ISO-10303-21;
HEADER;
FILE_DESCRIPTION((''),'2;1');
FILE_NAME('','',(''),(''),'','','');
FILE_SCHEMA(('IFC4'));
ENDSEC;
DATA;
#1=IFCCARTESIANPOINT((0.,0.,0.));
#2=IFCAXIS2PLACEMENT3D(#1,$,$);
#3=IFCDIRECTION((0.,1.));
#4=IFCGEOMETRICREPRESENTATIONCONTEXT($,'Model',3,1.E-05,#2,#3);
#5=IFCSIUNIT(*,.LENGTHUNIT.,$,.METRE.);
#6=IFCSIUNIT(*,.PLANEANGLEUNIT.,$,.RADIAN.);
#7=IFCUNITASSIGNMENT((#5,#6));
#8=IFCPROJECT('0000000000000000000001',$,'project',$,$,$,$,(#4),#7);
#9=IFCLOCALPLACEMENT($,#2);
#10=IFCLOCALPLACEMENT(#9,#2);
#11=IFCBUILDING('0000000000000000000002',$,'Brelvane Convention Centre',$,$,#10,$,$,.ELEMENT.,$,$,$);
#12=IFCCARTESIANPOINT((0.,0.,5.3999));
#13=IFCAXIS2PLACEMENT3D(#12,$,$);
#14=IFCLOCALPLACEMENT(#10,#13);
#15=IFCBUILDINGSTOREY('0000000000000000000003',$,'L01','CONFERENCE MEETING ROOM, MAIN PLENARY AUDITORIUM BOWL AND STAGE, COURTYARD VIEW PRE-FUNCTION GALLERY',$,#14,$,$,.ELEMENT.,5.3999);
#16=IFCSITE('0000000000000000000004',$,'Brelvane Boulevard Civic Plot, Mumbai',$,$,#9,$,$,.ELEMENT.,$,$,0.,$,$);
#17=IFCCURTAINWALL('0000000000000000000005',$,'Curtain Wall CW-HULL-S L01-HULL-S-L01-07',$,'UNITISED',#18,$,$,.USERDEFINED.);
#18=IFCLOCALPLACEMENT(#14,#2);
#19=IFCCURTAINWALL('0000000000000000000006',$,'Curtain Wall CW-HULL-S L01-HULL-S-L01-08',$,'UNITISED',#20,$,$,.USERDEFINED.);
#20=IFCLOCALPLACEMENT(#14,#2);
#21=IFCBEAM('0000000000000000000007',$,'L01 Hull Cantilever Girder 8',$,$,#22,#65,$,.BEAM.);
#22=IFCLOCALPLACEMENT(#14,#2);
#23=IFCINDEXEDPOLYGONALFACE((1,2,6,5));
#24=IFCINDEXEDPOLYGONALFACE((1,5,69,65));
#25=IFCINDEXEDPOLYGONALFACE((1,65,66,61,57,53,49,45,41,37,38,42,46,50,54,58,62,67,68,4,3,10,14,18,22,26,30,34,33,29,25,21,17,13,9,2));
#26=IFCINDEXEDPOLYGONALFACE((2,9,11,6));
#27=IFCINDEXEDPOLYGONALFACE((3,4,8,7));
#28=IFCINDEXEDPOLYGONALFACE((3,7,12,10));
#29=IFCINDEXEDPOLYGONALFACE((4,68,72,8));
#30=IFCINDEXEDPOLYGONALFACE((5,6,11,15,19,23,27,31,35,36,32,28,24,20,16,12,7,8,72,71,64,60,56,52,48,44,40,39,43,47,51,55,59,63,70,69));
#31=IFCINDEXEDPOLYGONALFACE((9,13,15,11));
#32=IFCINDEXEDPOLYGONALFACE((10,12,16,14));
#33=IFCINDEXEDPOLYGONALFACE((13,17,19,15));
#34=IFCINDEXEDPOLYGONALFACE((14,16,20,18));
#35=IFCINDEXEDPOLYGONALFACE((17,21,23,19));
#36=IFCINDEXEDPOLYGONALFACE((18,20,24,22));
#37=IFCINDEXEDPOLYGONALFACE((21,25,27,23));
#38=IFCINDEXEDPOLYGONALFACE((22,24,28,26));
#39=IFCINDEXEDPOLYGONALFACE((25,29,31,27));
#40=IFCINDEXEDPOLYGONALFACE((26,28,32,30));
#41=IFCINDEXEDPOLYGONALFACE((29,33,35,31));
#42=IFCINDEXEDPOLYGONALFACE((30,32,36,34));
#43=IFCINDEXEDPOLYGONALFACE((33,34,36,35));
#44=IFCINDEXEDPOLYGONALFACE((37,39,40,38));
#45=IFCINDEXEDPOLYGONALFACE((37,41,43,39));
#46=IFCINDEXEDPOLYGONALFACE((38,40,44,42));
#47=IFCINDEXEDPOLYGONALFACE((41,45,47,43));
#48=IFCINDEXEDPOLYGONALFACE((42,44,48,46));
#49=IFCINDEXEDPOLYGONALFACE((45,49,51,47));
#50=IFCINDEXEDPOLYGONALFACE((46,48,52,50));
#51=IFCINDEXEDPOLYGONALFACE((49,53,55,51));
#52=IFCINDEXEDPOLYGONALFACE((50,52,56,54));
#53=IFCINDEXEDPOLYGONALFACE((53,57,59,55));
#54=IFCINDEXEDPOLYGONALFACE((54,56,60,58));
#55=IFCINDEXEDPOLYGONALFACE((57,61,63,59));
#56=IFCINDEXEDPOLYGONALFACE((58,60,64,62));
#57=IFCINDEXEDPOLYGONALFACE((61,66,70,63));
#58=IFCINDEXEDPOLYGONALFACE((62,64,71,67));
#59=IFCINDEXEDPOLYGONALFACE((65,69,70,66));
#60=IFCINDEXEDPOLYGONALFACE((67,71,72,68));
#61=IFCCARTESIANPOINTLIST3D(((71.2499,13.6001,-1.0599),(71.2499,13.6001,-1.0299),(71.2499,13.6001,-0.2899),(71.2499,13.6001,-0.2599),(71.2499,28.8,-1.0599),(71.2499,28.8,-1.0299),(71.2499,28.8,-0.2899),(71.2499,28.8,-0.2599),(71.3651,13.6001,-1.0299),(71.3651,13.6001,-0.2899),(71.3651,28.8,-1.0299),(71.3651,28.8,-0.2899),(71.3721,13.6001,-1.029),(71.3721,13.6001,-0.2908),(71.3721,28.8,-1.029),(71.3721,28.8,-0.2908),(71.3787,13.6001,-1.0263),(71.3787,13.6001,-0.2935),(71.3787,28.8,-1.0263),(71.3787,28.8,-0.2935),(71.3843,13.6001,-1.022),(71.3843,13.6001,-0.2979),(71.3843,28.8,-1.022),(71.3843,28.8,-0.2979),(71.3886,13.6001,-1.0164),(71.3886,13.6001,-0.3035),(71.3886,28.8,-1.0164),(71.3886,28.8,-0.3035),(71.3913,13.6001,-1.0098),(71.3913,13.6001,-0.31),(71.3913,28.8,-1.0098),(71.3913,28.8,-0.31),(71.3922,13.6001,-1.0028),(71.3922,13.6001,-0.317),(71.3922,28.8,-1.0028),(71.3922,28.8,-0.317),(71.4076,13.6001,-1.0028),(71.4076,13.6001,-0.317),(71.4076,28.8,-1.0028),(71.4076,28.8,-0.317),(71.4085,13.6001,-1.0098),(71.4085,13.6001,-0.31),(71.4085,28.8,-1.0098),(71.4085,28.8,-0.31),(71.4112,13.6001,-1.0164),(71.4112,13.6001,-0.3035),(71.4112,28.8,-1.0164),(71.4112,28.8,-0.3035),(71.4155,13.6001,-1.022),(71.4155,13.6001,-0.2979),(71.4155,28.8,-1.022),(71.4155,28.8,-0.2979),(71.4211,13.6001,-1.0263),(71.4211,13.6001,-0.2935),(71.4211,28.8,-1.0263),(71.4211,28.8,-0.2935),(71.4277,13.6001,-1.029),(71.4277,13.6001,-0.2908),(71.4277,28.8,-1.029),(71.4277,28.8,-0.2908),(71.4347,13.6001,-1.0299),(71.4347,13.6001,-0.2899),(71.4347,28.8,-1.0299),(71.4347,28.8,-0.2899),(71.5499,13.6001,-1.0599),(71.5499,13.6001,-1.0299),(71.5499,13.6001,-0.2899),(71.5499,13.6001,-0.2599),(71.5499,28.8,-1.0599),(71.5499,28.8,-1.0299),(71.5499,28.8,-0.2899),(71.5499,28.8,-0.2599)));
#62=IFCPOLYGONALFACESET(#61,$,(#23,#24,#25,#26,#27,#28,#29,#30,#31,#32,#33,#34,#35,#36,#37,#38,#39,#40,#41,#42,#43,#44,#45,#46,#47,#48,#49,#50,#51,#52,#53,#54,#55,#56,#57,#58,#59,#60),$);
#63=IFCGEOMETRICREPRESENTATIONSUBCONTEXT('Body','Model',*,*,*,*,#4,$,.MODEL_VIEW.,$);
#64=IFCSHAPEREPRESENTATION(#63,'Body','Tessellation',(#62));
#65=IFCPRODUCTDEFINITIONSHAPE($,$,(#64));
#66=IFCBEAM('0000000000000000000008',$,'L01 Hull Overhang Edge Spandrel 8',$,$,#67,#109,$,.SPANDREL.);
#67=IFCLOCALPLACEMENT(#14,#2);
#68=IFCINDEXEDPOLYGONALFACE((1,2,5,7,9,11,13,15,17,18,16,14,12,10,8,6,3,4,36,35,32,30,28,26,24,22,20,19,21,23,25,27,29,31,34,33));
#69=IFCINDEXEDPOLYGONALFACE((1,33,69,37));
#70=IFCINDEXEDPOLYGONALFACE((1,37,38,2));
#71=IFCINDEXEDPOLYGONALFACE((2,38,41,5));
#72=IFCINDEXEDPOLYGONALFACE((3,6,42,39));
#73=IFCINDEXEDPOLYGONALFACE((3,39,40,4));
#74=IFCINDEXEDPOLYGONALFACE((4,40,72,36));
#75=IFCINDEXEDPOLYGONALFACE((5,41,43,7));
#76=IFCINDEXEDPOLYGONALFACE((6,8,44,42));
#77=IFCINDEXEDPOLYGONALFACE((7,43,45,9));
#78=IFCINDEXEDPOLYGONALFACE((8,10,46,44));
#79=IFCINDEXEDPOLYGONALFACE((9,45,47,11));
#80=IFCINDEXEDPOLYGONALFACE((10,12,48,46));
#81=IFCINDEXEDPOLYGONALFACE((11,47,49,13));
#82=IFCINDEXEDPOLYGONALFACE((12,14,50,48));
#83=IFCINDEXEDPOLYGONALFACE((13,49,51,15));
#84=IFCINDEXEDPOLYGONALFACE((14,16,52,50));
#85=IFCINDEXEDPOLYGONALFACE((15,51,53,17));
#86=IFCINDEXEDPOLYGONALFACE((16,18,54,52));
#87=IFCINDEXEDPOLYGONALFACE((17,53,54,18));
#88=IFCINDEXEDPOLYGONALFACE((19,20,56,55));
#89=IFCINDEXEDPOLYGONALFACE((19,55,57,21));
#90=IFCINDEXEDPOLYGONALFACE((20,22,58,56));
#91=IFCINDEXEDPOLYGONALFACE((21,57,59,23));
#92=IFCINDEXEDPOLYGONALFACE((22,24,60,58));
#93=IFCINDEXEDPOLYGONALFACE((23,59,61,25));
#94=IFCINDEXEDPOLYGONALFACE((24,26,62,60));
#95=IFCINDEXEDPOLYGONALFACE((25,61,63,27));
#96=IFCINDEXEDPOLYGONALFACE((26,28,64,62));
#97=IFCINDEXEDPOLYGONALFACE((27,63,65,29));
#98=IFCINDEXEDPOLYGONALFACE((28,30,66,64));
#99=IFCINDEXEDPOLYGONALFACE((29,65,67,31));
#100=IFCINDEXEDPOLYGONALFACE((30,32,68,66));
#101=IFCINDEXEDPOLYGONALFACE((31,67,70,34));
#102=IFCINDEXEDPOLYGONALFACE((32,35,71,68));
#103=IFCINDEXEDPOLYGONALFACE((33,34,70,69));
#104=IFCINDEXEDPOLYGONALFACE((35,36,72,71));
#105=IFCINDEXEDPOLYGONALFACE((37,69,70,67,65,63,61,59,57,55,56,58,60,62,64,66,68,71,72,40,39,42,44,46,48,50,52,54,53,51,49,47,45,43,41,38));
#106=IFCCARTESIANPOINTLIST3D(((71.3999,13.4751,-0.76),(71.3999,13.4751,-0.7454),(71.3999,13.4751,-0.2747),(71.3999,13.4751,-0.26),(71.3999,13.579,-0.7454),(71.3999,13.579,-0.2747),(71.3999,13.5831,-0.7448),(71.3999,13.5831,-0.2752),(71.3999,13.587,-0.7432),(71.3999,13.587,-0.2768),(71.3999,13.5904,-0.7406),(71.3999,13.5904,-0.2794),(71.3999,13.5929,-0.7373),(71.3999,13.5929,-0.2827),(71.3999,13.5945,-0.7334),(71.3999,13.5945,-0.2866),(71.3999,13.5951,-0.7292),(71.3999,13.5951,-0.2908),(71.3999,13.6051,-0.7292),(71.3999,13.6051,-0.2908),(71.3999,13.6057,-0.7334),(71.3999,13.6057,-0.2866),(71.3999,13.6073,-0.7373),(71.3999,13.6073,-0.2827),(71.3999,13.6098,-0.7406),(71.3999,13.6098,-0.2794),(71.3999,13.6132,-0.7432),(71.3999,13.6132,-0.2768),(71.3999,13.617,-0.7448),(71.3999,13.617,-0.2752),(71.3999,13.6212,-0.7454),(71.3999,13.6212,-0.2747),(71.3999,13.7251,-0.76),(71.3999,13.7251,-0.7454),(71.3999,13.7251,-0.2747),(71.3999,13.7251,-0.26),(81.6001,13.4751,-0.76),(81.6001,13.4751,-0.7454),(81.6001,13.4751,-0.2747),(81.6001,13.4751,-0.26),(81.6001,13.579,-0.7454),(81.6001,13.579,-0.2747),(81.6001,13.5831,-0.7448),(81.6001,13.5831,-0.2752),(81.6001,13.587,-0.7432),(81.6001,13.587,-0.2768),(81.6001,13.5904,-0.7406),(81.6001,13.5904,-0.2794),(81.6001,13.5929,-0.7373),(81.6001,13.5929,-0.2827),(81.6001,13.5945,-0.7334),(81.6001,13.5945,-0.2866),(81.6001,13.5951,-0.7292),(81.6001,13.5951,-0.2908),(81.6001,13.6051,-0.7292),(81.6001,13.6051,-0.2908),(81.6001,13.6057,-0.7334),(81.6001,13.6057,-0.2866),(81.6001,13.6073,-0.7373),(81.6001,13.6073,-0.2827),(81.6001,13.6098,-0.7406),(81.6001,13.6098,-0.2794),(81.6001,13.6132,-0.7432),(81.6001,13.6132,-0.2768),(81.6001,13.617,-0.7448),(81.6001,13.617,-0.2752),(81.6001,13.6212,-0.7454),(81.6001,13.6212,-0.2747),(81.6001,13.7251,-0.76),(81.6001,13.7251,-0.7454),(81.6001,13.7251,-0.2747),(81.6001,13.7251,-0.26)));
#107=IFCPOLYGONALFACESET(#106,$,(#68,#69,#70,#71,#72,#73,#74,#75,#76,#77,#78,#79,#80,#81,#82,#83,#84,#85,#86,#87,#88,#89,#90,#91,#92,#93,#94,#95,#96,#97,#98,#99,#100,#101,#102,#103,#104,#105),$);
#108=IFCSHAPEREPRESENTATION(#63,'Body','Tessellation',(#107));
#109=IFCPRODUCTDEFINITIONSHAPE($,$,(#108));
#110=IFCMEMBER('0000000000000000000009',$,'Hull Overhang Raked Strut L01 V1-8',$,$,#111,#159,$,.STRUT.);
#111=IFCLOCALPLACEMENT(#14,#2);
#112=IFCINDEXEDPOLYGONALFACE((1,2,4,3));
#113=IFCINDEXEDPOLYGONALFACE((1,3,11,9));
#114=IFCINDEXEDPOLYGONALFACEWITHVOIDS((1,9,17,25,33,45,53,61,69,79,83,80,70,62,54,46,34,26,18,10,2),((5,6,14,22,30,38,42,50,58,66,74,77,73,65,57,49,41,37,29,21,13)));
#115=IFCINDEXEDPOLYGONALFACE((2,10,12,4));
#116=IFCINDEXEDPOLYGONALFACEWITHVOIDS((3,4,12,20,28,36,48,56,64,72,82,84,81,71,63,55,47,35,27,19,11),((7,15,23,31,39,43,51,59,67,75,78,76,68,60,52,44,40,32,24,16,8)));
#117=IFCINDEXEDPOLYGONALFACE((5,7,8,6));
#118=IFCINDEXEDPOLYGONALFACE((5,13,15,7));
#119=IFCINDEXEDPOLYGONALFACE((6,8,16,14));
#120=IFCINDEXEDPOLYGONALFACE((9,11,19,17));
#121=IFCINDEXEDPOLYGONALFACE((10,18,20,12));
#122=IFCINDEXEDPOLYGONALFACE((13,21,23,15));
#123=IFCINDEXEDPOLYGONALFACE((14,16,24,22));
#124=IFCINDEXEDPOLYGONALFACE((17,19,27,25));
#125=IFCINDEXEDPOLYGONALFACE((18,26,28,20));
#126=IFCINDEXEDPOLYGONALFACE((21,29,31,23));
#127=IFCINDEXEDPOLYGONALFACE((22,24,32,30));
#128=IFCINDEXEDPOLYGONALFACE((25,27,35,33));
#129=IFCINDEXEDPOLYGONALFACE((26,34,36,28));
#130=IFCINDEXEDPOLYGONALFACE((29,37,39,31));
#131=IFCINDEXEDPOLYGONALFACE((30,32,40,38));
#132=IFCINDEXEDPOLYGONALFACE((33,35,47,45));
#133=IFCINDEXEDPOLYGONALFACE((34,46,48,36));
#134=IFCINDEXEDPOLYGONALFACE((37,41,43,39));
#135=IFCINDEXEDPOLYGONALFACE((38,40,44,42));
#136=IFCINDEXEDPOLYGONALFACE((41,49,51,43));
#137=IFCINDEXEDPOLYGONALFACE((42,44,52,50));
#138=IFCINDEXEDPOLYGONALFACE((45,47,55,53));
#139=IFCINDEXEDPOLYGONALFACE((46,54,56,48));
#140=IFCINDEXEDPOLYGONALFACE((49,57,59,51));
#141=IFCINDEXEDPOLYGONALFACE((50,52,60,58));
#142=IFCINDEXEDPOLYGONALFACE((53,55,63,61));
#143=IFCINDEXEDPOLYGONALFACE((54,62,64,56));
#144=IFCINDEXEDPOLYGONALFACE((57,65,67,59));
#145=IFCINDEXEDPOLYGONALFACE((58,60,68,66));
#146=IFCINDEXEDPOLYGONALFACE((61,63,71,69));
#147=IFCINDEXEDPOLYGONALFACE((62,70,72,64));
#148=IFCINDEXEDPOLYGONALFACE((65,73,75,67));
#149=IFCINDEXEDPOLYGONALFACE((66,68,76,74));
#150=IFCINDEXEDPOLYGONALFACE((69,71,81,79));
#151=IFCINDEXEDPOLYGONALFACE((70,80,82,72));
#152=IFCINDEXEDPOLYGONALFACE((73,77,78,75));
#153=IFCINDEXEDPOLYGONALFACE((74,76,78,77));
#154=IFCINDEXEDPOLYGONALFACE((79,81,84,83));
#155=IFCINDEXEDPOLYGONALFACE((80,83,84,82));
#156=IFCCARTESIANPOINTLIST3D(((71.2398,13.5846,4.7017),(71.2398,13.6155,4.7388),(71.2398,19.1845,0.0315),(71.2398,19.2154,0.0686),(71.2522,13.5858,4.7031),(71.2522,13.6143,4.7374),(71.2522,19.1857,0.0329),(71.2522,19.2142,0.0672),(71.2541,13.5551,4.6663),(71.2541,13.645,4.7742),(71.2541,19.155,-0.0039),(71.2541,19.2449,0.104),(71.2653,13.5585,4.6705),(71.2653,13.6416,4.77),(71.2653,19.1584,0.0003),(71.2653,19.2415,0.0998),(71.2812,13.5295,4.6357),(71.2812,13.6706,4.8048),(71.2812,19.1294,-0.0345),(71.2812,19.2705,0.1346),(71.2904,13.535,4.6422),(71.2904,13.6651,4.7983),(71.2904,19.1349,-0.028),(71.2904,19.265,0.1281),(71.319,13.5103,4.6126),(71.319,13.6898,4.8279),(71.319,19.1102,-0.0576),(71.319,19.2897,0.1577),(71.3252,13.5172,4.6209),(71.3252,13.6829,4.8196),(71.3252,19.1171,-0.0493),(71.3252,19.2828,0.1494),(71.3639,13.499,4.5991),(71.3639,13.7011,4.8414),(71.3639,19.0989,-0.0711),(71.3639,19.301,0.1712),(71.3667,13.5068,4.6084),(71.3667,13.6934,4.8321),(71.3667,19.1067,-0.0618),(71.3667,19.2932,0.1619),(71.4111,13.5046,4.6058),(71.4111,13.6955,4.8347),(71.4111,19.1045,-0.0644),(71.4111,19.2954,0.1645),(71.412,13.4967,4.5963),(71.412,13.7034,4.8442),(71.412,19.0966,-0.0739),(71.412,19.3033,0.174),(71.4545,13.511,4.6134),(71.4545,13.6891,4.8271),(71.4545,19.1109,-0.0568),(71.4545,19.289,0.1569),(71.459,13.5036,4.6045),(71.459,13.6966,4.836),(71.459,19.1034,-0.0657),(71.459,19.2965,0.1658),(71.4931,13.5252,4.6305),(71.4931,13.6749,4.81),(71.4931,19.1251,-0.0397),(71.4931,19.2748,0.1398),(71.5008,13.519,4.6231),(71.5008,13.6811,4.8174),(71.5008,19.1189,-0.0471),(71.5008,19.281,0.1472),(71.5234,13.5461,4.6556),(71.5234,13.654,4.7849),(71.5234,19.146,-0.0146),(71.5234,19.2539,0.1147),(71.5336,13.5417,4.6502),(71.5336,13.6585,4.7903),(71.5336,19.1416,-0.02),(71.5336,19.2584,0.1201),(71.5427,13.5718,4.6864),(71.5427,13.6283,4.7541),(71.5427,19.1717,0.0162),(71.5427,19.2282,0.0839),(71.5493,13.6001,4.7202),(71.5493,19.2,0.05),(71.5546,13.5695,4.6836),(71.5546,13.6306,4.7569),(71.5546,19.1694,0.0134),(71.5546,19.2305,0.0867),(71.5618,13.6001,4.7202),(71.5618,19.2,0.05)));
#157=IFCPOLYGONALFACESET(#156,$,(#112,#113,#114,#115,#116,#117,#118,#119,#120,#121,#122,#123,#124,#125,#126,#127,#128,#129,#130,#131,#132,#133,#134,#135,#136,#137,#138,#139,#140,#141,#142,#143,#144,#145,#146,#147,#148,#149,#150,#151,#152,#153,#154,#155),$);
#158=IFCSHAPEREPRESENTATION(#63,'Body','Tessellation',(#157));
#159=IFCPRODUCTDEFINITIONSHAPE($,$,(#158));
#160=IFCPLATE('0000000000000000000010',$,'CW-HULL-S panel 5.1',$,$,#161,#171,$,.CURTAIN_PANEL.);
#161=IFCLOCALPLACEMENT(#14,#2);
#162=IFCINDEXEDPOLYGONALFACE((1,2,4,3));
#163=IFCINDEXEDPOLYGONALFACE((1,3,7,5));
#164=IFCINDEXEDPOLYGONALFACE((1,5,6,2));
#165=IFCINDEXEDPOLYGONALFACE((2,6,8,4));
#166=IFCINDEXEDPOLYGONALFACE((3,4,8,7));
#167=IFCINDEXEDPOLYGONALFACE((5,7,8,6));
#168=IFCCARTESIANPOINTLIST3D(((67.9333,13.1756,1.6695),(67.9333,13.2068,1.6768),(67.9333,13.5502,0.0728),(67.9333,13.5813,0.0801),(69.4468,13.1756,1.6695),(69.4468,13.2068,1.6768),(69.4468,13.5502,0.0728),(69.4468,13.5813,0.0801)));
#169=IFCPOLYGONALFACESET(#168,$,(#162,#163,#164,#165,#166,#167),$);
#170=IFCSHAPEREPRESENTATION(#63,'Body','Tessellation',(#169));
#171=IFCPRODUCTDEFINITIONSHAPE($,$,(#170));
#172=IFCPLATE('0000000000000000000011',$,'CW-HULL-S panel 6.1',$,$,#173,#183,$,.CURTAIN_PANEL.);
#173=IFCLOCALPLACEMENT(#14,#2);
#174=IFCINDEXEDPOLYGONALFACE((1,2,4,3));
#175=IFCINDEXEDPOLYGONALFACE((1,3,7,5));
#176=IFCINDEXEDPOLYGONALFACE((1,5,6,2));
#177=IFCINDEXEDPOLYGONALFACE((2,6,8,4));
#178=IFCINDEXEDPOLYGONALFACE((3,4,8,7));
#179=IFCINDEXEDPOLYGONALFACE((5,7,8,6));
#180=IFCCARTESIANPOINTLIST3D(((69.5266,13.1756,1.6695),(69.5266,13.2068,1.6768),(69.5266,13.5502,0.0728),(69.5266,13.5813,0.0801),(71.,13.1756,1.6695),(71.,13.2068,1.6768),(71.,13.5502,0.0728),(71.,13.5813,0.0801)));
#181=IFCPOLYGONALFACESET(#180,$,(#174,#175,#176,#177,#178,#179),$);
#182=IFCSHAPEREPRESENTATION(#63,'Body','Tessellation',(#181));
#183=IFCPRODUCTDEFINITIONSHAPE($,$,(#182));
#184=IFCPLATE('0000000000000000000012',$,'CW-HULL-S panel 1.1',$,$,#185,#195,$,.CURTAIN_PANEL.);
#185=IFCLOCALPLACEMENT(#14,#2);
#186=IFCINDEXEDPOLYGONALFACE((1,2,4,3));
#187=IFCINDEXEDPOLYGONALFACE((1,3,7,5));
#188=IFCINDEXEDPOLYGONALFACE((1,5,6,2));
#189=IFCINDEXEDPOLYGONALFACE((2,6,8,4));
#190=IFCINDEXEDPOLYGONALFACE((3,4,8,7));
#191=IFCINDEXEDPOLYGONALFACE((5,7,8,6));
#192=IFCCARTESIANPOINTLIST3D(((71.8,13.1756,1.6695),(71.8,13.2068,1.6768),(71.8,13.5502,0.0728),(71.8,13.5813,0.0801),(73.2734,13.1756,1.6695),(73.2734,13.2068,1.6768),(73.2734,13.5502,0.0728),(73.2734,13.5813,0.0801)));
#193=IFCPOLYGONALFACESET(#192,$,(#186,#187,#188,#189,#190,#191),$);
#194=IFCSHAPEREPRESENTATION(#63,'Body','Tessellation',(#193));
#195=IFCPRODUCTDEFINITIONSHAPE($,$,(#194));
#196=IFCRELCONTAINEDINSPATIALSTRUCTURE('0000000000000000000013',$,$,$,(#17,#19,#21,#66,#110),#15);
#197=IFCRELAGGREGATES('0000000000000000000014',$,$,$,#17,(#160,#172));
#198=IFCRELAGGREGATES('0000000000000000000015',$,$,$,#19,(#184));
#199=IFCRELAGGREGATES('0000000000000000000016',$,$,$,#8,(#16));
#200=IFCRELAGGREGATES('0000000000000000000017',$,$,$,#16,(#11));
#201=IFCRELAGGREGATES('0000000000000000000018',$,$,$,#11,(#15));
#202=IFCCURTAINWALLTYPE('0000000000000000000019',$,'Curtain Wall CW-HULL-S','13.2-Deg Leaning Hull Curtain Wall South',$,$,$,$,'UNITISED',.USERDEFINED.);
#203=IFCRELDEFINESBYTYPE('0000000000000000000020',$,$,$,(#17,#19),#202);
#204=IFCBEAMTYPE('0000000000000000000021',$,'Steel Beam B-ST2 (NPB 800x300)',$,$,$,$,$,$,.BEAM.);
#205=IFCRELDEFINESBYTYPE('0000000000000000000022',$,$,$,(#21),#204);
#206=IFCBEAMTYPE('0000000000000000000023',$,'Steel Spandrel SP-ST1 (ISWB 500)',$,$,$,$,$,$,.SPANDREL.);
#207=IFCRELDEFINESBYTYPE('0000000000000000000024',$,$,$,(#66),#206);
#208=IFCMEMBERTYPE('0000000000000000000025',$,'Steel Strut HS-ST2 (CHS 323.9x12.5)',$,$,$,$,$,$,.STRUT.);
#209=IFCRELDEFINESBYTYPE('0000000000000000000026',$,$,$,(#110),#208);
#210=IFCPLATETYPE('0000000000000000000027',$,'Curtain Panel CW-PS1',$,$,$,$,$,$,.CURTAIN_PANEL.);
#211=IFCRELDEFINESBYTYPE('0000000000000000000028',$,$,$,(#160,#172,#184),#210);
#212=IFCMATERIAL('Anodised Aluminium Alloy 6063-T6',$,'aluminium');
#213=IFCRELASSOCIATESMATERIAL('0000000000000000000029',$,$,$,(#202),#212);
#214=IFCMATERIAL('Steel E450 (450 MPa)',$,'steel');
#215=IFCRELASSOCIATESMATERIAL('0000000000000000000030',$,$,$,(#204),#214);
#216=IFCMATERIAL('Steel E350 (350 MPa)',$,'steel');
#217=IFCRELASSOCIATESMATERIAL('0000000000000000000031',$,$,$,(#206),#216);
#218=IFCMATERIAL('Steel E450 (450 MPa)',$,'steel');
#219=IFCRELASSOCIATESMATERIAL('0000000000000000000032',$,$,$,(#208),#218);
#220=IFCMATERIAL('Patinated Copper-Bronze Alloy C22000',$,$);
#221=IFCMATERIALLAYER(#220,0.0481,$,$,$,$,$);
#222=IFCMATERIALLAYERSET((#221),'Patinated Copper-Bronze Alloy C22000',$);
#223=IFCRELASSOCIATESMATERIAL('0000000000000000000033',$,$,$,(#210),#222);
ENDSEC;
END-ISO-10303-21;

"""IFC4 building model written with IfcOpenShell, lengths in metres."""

from ifc_helpers import new_model, si_unit, direction, frame, origin, origin_2d, place, context, subcontext, project, spatial, polyline, hollow_circle, i_section, outline, extrude, material, layer, layer_set, material_profile, profile_set, type_object, element, aggregate, save


model = new_model("IFC4")

# Units and contexts
model_context = context("Model", 3, precision=1e-05, world=origin(), true_north=direction((0.0, 1.0)))
body_context = subcontext(model_context, "Body", "Model", "MODEL_VIEW")
ifc_project = project(units=[si_unit("LENGTHUNIT", "METRE"), si_unit("PLANEANGLEUNIT", "RADIAN")], contexts=[model_context])

# Site, building, storey
site_placement = place(None, origin())
site = spatial("IfcSite", under=ifc_project, at=site_placement, Name="Brelvane Boulevard Civic Plot, Mumbai", CompositionType="ELEMENT", RefElevation=0.0)
building_placement = place(site_placement, origin())
building = spatial("IfcBuilding", under=site, at=building_placement, Name="Brelvane Convention Centre", CompositionType="ELEMENT")
storey_placement = place(building_placement, frame((0.0, 0.0, 5.3999)))
storey = spatial("IfcBuildingStorey", under=building, at=storey_placement, Name="L01", Description="CONFERENCE MEETING ROOM, MAIN PLENARY AUDITORIUM BOWL AND STAGE, COURTYARD VIEW PRE-FUNCTION GALLERY", CompositionType="ELEMENT", Elevation=5.3999)

# Curtain walls
ifc_material_1 = material(Name="Anodised Aluminium Alloy 6063-T6", Category="aluminium")
curtain_wall_type = type_object("IfcCurtainWallType", Name="Curtain Wall CW-HULL-S", Description="13.2-Deg Leaning Hull Curtain Wall South", ElementType="UNITISED", PredefinedType="USERDEFINED", material=ifc_material_1)
curtain_wall_1_placement = place(storey_placement, origin())
curtain_wall_1 = element("IfcCurtainWall", 1, at=curtain_wall_1_placement, inside=storey, type_object=curtain_wall_type, Name="Curtain Wall CW-HULL-S L01-HULL-S-L01-07", ObjectType="UNITISED", PredefinedType="USERDEFINED")
curtain_wall_2_placement = place(storey_placement, origin())
curtain_wall_2 = element("IfcCurtainWall", 2, at=curtain_wall_2_placement, inside=storey, type_object=curtain_wall_type, Name="Curtain Wall CW-HULL-S L01-HULL-S-L01-08", ObjectType="UNITISED", PredefinedType="USERDEFINED")

# Beams
ifc_material_2 = material(Name="Steel E450 (450 MPa)", Category="steel")
ifc_material_profile_1 = material_profile(ifc_material_2, i_section(OverallWidth=0.3, OverallDepth=0.8, WebThickness=0.0154, FlangeThickness=0.03, FilletRadius=0.0271, at=origin_2d()), Name="NPB 800x300")
ifc_profile_set_1 = profile_set([ifc_material_profile_1], Name="Steel E450 (450 MPa)")
beam_type_1 = type_object("IfcBeamType", Name="Steel Beam B-ST2 (NPB 800x300)", PredefinedType="BEAM", material=ifc_profile_set_1)
beam_1_placement = place(storey_placement, frame((71.3999, 13.6001, -0.6599), z_axis=(0.0, 1.0, 0.0), x_axis=(-1.0, 0.0, 0.0)))
element("IfcBeam", 3, at=beam_1_placement, inside=storey, type_object=beam_type_1, Name="L01 Hull Cantilever Girder 8", PredefinedType="BEAM", context=body_context, shape_type="SweptSolid", body=[
    extrude(i_section(OverallWidth=0.3, OverallDepth=0.8, WebThickness=0.0154, FlangeThickness=0.03, FilletRadius=0.0271, at=origin_2d()), origin(), (0.0, 0.0, 1.0), 15.2),
])
ifc_material_3 = material(Name="Steel E350 (350 MPa)", Category="steel")
ifc_material_profile_2 = material_profile(ifc_material_3, i_section(OverallWidth=0.25, OverallDepth=0.5, WebThickness=0.01, FlangeThickness=0.0146, FilletRadius=0.0161, at=origin_2d()), Name="ISWB 500")
ifc_profile_set_2 = profile_set([ifc_material_profile_2], Name="Steel E350 (350 MPa)")
beam_type_2 = type_object("IfcBeamType", Name="Steel Spandrel SP-ST1 (ISWB 500)", PredefinedType="SPANDREL", material=ifc_profile_set_2)
beam_2_placement = place(storey_placement, frame((71.3999, 13.6001, -0.51), z_axis=(1.0, 0.0, 0.0), x_axis=(0.0, 1.0, 0.0)))
element("IfcBeam", 4, at=beam_2_placement, inside=storey, type_object=beam_type_2, Name="L01 Hull Overhang Edge Spandrel 8", PredefinedType="SPANDREL", context=body_context, shape_type="SweptSolid", body=[
    extrude(i_section(OverallWidth=0.25, OverallDepth=0.5, WebThickness=0.01, FlangeThickness=0.0146, FilletRadius=0.0161, at=origin_2d()), origin(), (0.0, 0.0, 1.0), 10.2002),
])

# Member
ifc_material_4 = material(Name="Steel E450 (450 MPa)", Category="steel")
ifc_material_profile_3 = material_profile(ifc_material_4, hollow_circle(Radius=0.1619, WallThickness=0.0125, at=origin_2d()), Name="CHS 323.9x12.5")
ifc_profile_set_3 = profile_set([ifc_material_profile_3], Name="Steel E450 (450 MPa)")
member_type_1 = type_object("IfcMemberType", Name="Steel Strut HS-ST2 (CHS 323.9x12.5)", PredefinedType="STRUT", material=ifc_profile_set_3)
member_1_placement = place(storey_placement, frame((71.3999, 19.2, 0.05), z_axis=(0.0, -0.767977, 0.640477), x_axis=(1.0, 0.0, 0.0)))
element("IfcMember", 5, at=member_1_placement, inside=storey, type_object=member_type_1, Name="Hull Overhang Raked Strut L01 V1-8", PredefinedType="STRUT", context=body_context, shape_type="SweptSolid", body=[
    extrude(hollow_circle(Radius=0.1619, WallThickness=0.0125, at=origin_2d()), origin(), (0.0, 0.0, 1.0), 7.2917),
])

# Plates
ifc_material_5 = material(Name="Patinated Copper-Bronze Alloy C22000")
ifc_layer_1 = layer(ifc_material_5, 0.0481)
ifc_layer_set_1 = layer_set([ifc_layer_1], Name="Patinated Copper-Bronze Alloy C22000")
plate_type_1 = type_object("IfcPlateType", Name="Curtain Panel CW-PS1", PredefinedType="CURTAIN_PANEL", material=ifc_layer_set_1)
plate_1_placement = place(storey_placement, frame((67.9333, 13.5813, 0.0801), z_axis=(0.0, 0.973577, 0.228359), x_axis=(1.0, 0.0, 0.0)))
plate_1 = element("IfcPlate", 6, at=plate_1_placement, type_object=plate_type_1, Name="CW-HULL-S panel 5.1", PredefinedType="CURTAIN_PANEL", context=body_context, shape_type="SweptSolid", body=[
    extrude(outline(polyline([(0.0, 0.0), (1.5134, 0.0), (1.5134, -1.64), (0.0, -1.64), (0.0, 0.0)])), origin(), (0.0, 0.0, -1.0), 0.032),
])
plate_2_placement = place(storey_placement, frame((69.5266, 13.5813, 0.0801), z_axis=(0.0, 0.973577, 0.228359), x_axis=(1.0, 0.0, 0.0)))
plate_2 = element("IfcPlate", 7, at=plate_2_placement, type_object=plate_type_1, Name="CW-HULL-S panel 6.1", PredefinedType="CURTAIN_PANEL", context=body_context, shape_type="SweptSolid", body=[
    extrude(outline(polyline([(0.0, 0.0), (1.4734, 0.0), (1.4734, -1.64), (0.0, -1.64), (0.0, 0.0)])), origin(), (0.0, 0.0, -1.0), 0.032),
])
aggregate(curtain_wall_1, [plate_1, plate_2])
plate_3_placement = place(storey_placement, frame((71.8, 13.5813, 0.0801), z_axis=(0.0, 0.973577, 0.228359), x_axis=(1.0, 0.0, 0.0)))
plate_3 = element("IfcPlate", 8, at=plate_3_placement, type_object=plate_type_1, Name="CW-HULL-S panel 1.1", PredefinedType="CURTAIN_PANEL", context=body_context, shape_type="SweptSolid", body=[
    extrude(outline(polyline([(0.0, 0.0), (1.4734, 0.0), (1.4734, -1.64), (0.0, -1.64), (0.0, 0.0)])), origin(), (0.0, 0.0, -1.0), 0.032),
])
aggregate(curtain_wall_2, [plate_3])

save(model, "model.ifc")
